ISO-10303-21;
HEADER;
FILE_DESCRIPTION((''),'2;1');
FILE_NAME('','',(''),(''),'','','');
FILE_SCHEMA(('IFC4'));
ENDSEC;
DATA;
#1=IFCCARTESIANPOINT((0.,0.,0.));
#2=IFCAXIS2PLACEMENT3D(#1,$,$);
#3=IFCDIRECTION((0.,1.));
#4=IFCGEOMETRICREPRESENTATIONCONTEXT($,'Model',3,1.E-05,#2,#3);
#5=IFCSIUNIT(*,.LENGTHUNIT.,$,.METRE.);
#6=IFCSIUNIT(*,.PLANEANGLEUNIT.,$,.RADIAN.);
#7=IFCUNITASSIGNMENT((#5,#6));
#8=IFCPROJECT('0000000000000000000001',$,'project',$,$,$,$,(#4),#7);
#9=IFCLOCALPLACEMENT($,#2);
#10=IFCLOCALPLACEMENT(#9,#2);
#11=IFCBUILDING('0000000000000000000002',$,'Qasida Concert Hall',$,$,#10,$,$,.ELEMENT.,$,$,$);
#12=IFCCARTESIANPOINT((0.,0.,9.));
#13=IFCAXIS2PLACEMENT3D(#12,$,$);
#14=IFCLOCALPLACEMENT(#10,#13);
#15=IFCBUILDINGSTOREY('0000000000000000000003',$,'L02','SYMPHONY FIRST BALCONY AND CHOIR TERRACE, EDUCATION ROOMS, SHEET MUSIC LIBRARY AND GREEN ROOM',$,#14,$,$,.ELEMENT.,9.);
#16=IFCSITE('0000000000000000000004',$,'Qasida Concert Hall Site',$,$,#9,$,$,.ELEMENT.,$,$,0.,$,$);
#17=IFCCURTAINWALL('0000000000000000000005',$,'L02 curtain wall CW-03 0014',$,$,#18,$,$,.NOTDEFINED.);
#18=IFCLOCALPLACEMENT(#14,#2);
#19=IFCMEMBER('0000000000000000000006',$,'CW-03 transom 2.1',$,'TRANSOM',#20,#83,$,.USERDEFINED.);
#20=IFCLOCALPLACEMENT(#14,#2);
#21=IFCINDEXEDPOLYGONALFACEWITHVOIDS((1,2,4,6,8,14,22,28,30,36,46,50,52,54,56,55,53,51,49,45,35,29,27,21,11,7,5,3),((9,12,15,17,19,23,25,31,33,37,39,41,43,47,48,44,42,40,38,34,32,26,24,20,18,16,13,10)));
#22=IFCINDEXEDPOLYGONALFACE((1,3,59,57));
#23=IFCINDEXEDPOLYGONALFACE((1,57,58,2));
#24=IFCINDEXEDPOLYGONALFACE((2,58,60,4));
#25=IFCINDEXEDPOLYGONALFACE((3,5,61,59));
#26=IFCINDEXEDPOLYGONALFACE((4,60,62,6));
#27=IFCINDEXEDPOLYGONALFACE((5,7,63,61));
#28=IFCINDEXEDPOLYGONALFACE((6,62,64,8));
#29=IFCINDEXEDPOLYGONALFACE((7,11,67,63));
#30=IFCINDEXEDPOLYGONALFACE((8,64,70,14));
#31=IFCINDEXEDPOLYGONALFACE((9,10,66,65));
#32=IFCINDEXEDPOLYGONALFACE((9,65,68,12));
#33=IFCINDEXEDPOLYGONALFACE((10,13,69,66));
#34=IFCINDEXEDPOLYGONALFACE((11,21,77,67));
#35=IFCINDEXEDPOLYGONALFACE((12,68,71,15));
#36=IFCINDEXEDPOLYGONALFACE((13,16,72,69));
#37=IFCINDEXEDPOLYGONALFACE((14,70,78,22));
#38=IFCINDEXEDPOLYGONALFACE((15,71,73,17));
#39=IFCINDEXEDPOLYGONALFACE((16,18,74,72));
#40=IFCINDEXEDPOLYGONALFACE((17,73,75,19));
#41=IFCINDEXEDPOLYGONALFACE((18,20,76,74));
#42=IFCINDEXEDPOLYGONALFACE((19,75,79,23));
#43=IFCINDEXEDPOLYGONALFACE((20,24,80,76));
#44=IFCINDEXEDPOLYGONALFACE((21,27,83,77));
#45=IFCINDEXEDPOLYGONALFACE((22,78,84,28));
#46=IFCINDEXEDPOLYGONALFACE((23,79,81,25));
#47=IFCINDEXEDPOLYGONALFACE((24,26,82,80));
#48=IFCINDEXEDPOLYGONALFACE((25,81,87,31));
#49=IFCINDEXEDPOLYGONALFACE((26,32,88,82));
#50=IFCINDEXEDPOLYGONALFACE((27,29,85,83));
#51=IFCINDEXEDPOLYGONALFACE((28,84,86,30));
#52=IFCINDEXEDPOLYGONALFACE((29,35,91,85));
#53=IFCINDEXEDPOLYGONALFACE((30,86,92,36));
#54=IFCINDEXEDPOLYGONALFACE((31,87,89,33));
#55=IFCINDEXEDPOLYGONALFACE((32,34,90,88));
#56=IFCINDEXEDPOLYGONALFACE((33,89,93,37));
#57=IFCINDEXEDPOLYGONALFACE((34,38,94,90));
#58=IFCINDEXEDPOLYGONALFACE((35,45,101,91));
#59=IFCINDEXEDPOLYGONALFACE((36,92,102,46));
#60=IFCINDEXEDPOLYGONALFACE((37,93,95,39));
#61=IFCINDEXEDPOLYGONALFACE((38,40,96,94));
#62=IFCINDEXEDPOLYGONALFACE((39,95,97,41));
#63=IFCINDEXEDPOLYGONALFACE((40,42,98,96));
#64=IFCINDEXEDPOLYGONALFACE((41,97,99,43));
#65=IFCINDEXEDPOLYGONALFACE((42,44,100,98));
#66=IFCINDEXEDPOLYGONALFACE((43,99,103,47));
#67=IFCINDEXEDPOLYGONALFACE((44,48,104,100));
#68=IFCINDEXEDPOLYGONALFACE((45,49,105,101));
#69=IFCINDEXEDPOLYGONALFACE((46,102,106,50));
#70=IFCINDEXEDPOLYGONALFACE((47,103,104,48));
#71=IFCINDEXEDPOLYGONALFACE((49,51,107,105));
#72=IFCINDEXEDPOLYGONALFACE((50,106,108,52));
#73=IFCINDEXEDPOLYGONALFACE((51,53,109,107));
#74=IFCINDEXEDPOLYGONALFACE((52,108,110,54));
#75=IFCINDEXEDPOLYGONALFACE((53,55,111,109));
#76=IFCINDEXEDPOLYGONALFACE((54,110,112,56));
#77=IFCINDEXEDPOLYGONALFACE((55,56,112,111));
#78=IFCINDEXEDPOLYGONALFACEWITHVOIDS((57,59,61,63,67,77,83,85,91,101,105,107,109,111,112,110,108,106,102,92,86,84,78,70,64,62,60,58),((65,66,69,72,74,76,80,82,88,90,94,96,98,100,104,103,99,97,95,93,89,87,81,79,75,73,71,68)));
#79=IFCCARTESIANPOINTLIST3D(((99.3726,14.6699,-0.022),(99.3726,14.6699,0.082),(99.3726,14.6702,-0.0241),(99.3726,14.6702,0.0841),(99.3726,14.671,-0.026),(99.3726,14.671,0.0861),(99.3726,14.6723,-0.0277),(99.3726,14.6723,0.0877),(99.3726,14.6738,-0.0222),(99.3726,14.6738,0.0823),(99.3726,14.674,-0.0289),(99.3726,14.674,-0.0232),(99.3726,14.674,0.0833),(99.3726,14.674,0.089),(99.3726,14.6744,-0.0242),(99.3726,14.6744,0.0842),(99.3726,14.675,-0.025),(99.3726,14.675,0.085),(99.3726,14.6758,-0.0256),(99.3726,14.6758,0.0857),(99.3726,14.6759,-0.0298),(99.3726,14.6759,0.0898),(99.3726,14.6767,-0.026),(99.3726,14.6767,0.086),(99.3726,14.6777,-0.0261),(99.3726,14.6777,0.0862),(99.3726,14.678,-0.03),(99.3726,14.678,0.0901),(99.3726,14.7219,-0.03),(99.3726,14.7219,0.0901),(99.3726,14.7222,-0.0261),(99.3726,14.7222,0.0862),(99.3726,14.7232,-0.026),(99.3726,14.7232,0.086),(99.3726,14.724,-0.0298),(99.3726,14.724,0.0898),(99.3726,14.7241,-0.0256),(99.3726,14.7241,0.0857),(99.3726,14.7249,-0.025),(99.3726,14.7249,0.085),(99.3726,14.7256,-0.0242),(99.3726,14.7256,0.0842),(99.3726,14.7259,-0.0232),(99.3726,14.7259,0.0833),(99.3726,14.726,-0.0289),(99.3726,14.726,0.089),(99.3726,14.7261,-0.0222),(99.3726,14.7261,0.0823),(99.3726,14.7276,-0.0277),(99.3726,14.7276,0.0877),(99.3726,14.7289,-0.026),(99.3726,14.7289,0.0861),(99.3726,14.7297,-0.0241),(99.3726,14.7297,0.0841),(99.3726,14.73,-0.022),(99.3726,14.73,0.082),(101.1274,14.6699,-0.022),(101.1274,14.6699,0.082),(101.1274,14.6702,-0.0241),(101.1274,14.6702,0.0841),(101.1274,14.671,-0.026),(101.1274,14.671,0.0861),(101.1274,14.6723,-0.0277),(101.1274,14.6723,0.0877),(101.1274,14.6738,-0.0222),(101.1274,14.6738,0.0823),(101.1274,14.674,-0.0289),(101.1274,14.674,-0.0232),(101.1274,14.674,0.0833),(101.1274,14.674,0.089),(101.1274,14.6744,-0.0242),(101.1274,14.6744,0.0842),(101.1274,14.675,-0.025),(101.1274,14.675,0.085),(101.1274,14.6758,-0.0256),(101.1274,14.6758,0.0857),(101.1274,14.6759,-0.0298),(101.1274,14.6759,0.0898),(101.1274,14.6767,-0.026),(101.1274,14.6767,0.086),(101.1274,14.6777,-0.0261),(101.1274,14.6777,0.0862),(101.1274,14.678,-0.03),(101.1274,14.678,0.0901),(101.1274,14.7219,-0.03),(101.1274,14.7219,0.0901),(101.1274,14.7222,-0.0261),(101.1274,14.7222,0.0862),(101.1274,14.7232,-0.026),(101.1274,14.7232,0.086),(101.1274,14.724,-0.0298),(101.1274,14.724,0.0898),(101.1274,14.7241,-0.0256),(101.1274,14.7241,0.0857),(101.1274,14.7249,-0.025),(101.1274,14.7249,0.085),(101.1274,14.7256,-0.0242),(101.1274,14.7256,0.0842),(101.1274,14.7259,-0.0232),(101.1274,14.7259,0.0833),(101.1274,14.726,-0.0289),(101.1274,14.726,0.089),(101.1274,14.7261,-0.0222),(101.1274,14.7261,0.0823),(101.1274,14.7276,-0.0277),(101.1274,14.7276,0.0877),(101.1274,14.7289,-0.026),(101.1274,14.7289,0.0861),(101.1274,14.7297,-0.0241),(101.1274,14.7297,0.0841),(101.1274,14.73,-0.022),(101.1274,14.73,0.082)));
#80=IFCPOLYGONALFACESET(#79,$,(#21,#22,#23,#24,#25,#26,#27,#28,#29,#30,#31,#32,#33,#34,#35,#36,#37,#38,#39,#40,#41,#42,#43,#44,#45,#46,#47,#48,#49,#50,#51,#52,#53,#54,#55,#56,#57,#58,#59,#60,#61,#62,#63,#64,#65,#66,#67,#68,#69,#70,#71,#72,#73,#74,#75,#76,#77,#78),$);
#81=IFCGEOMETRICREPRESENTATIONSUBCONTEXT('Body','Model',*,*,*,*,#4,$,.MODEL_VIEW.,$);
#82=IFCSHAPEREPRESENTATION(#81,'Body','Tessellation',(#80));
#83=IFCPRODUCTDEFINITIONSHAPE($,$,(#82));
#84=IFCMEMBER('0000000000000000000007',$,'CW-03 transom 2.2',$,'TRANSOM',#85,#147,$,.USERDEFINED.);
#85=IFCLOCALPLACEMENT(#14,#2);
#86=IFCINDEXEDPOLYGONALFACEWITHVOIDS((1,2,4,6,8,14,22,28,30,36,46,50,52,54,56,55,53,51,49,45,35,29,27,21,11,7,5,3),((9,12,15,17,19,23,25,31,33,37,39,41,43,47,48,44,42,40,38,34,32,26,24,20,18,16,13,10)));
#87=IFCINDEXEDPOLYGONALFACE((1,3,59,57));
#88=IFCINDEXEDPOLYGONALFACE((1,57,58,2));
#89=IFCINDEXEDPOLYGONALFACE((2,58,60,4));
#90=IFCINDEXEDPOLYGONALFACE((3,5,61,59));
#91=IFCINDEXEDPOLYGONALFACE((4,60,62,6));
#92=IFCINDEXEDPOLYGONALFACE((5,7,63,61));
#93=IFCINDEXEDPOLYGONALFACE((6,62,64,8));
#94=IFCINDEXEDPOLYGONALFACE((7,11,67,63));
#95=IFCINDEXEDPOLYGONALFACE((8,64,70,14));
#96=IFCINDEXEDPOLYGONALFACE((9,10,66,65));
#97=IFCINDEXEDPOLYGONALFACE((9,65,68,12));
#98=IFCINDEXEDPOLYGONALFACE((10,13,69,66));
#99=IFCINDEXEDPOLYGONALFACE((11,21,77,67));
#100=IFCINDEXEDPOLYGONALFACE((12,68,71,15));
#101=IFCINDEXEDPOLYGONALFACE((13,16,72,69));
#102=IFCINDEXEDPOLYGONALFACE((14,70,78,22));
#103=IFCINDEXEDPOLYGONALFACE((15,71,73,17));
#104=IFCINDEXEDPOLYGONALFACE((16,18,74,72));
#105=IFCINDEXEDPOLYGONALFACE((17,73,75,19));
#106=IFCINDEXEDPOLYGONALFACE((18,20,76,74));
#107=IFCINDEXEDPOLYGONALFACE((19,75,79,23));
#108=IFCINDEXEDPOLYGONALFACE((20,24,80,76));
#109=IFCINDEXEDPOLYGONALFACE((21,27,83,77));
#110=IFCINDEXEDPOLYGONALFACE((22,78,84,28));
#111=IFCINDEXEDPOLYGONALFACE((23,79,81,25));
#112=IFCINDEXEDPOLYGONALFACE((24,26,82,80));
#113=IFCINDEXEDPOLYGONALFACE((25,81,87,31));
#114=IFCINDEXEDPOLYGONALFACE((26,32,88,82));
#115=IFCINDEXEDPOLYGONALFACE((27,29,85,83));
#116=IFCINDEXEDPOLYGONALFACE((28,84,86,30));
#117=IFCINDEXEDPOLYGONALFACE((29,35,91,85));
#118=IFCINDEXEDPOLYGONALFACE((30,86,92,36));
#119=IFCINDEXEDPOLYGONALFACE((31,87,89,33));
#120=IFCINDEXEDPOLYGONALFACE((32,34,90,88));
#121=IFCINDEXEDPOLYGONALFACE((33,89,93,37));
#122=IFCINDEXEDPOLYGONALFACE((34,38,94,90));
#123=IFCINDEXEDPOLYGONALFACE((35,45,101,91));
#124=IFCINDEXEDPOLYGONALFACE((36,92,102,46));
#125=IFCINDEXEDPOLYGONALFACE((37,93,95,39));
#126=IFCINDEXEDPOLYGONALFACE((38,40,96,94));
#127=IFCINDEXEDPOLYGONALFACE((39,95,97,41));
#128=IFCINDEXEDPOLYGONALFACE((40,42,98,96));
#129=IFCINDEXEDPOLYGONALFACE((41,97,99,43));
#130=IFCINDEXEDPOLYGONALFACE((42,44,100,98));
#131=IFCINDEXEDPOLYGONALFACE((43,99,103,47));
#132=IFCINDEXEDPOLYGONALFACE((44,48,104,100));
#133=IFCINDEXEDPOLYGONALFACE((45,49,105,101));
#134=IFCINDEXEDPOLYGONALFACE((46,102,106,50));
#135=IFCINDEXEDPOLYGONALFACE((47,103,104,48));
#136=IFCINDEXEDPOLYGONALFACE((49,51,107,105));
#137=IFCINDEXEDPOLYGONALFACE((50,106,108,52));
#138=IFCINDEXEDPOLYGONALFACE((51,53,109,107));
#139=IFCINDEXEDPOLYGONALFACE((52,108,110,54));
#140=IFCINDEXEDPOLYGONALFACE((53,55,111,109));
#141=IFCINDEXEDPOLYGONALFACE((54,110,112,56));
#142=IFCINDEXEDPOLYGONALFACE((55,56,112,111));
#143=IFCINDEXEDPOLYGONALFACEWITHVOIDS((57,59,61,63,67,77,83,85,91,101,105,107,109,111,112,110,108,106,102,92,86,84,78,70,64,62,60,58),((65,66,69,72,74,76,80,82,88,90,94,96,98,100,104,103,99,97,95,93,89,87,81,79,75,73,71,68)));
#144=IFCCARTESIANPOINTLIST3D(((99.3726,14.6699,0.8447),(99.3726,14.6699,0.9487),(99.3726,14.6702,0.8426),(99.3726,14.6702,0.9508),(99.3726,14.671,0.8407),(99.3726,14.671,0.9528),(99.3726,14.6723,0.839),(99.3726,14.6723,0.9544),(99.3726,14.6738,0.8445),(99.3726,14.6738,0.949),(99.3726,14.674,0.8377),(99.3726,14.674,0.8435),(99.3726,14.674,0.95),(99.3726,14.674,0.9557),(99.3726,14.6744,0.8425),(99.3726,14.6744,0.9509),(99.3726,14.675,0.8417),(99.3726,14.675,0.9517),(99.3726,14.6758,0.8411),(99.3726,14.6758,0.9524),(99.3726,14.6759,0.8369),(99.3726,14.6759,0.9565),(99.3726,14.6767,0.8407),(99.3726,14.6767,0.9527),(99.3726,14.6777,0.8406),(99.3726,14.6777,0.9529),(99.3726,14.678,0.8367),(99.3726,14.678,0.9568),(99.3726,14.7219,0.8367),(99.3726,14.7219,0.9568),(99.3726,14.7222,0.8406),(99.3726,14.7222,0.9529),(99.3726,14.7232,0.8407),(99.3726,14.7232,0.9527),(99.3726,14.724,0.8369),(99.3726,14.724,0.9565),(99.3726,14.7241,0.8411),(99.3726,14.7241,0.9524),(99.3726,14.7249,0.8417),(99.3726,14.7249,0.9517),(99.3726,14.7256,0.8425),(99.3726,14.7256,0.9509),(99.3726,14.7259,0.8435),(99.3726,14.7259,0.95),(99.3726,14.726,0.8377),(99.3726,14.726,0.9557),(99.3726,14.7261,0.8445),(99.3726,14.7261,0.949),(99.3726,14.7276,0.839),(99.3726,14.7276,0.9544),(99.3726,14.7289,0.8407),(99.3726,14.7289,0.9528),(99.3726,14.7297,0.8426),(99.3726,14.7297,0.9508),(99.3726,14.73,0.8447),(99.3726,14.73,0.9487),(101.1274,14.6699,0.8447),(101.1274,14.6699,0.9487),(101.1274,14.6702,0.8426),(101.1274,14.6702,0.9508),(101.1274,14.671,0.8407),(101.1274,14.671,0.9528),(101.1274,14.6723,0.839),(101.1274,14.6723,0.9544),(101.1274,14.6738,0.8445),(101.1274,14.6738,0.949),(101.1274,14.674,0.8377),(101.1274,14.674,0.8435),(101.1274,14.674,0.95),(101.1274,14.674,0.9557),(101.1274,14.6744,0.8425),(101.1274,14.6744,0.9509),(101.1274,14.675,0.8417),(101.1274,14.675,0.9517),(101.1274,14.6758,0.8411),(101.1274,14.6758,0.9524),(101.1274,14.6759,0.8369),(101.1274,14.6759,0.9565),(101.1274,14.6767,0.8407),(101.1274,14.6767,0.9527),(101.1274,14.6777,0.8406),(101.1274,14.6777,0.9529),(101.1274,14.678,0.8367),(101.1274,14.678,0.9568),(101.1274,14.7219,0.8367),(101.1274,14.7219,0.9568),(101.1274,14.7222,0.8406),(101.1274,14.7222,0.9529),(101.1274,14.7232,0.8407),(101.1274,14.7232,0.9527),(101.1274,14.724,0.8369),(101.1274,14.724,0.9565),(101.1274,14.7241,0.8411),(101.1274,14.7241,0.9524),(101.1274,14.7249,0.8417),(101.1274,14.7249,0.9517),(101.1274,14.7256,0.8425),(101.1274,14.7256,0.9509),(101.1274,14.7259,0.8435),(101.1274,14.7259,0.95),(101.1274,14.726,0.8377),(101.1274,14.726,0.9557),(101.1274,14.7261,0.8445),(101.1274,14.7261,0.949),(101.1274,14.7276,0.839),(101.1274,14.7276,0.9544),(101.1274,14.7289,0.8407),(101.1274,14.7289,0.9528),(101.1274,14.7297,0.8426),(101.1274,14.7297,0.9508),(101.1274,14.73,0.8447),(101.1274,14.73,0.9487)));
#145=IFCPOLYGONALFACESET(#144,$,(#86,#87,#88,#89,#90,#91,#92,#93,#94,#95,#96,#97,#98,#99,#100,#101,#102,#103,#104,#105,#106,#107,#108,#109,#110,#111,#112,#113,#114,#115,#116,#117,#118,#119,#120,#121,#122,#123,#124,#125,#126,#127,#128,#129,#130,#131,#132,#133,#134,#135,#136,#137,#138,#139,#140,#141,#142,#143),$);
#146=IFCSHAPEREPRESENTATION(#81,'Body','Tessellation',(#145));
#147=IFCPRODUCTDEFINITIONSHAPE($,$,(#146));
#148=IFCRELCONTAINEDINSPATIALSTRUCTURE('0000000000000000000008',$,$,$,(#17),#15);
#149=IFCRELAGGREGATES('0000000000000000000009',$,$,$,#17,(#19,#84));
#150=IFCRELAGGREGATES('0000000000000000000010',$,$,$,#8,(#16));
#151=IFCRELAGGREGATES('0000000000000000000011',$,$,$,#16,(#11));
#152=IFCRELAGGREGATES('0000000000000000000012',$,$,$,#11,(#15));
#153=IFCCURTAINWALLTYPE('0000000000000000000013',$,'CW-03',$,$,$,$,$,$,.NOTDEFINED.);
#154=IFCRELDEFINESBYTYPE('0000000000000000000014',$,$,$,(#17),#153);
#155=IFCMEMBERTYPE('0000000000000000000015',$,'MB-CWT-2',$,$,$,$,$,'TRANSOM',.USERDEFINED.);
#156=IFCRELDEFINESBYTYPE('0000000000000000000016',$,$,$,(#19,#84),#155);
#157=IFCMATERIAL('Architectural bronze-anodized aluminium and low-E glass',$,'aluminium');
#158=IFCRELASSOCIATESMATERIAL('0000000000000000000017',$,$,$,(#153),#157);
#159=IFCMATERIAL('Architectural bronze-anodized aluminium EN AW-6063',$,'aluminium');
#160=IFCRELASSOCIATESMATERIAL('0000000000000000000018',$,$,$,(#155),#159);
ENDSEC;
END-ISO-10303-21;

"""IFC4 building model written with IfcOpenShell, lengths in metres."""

from ifc_helpers import new_model, si_unit, direction, frame, origin, origin_2d, place, context, subcontext, project, spatial, hollow_rectangle, extrude, material, material_profile, profile_set, type_object, element, aggregate, save


model = new_model("IFC4")

# Units and contexts
model_context = context("Model", 3, precision=1e-05, world=origin(), true_north=direction((0.0, 1.0)))
body_context = subcontext(model_context, "Body", "Model", "MODEL_VIEW")
ifc_project = project(units=[si_unit("LENGTHUNIT", "METRE"), si_unit("PLANEANGLEUNIT", "RADIAN")], contexts=[model_context])

# Site, building, storey
site_placement = place(None, origin())
site = spatial("IfcSite", under=ifc_project, at=site_placement, Name="Qasida Concert Hall Site", CompositionType="ELEMENT", RefElevation=0.0)
building_placement = place(site_placement, origin())
building = spatial("IfcBuilding", under=site, at=building_placement, Name="Qasida Concert Hall", CompositionType="ELEMENT")
storey_placement = place(building_placement, frame((0.0, 0.0, 9.0)))
storey = spatial("IfcBuildingStorey", under=building, at=storey_placement, Name="L02", Description="SYMPHONY FIRST BALCONY AND CHOIR TERRACE, EDUCATION ROOMS, SHEET MUSIC LIBRARY AND GREEN ROOM", CompositionType="ELEMENT", Elevation=9.0)

# Curtain wall, members
ifc_material_1 = material(Name="Architectural bronze-anodized aluminium and low-E glass", Category="aluminium")
curtain_wall_type = type_object("IfcCurtainWallType", Name="CW-03", PredefinedType="NOTDEFINED", material=ifc_material_1)
curtain_wall_placement = place(storey_placement, origin())
curtain_wall = element("IfcCurtainWall", 1, at=curtain_wall_placement, inside=storey, type_object=curtain_wall_type, Name="L02 curtain wall CW-03 0014", PredefinedType="NOTDEFINED")
ifc_material_2 = material(Name="Architectural bronze-anodized aluminium EN AW-6063", Category="aluminium")
ifc_material_profile_1 = material_profile(ifc_material_2, hollow_rectangle(XDim=0.0601, YDim=0.1201, WallThickness=0.0039, InnerFilletRadius=0.0039, OuterFilletRadius=0.0081, at=origin_2d()), Name="CWT 120x60x4")
ifc_profile_set_1 = profile_set([ifc_material_profile_1], Name="Architectural bronze-anodized aluminium EN AW-6063")
member_type_1 = type_object("IfcMemberType", Name="MB-CWT-2", ElementType="TRANSOM", PredefinedType="USERDEFINED", material=ifc_profile_set_1)
member_1_placement = place(storey_placement, frame((99.3726, 14.7, 0.03), z_axis=(1.0, 0.0, 0.0), x_axis=(0.0, 1.0, 0.0)))
member_1 = element("IfcMember", 2, at=member_1_placement, type_object=member_type_1, Name="CW-03 transom 2.1", ObjectType="TRANSOM", PredefinedType="USERDEFINED", context=body_context, shape_type="SweptSolid", body=[
    extrude(hollow_rectangle(XDim=0.0601, YDim=0.1201, WallThickness=0.0039, InnerFilletRadius=0.0039, OuterFilletRadius=0.0081, at=origin_2d()), origin(), (0.0, 0.0, 1.0), 1.7549),
])
member_2_placement = place(storey_placement, frame((99.3726, 14.7, 0.8967), z_axis=(1.0, 0.0, 0.0), x_axis=(0.0, 1.0, 0.0)))
member_2 = element("IfcMember", 3, at=member_2_placement, type_object=member_type_1, Name="CW-03 transom 2.2", ObjectType="TRANSOM", PredefinedType="USERDEFINED", context=body_context, shape_type="SweptSolid", body=[
    extrude(hollow_rectangle(XDim=0.0601, YDim=0.1201, WallThickness=0.0039, InnerFilletRadius=0.0039, OuterFilletRadius=0.0081, at=origin_2d()), origin(), (0.0, 0.0, 1.0), 1.7549),
])
aggregate(curtain_wall, [member_1, member_2])

save(model, "model.ifc")
